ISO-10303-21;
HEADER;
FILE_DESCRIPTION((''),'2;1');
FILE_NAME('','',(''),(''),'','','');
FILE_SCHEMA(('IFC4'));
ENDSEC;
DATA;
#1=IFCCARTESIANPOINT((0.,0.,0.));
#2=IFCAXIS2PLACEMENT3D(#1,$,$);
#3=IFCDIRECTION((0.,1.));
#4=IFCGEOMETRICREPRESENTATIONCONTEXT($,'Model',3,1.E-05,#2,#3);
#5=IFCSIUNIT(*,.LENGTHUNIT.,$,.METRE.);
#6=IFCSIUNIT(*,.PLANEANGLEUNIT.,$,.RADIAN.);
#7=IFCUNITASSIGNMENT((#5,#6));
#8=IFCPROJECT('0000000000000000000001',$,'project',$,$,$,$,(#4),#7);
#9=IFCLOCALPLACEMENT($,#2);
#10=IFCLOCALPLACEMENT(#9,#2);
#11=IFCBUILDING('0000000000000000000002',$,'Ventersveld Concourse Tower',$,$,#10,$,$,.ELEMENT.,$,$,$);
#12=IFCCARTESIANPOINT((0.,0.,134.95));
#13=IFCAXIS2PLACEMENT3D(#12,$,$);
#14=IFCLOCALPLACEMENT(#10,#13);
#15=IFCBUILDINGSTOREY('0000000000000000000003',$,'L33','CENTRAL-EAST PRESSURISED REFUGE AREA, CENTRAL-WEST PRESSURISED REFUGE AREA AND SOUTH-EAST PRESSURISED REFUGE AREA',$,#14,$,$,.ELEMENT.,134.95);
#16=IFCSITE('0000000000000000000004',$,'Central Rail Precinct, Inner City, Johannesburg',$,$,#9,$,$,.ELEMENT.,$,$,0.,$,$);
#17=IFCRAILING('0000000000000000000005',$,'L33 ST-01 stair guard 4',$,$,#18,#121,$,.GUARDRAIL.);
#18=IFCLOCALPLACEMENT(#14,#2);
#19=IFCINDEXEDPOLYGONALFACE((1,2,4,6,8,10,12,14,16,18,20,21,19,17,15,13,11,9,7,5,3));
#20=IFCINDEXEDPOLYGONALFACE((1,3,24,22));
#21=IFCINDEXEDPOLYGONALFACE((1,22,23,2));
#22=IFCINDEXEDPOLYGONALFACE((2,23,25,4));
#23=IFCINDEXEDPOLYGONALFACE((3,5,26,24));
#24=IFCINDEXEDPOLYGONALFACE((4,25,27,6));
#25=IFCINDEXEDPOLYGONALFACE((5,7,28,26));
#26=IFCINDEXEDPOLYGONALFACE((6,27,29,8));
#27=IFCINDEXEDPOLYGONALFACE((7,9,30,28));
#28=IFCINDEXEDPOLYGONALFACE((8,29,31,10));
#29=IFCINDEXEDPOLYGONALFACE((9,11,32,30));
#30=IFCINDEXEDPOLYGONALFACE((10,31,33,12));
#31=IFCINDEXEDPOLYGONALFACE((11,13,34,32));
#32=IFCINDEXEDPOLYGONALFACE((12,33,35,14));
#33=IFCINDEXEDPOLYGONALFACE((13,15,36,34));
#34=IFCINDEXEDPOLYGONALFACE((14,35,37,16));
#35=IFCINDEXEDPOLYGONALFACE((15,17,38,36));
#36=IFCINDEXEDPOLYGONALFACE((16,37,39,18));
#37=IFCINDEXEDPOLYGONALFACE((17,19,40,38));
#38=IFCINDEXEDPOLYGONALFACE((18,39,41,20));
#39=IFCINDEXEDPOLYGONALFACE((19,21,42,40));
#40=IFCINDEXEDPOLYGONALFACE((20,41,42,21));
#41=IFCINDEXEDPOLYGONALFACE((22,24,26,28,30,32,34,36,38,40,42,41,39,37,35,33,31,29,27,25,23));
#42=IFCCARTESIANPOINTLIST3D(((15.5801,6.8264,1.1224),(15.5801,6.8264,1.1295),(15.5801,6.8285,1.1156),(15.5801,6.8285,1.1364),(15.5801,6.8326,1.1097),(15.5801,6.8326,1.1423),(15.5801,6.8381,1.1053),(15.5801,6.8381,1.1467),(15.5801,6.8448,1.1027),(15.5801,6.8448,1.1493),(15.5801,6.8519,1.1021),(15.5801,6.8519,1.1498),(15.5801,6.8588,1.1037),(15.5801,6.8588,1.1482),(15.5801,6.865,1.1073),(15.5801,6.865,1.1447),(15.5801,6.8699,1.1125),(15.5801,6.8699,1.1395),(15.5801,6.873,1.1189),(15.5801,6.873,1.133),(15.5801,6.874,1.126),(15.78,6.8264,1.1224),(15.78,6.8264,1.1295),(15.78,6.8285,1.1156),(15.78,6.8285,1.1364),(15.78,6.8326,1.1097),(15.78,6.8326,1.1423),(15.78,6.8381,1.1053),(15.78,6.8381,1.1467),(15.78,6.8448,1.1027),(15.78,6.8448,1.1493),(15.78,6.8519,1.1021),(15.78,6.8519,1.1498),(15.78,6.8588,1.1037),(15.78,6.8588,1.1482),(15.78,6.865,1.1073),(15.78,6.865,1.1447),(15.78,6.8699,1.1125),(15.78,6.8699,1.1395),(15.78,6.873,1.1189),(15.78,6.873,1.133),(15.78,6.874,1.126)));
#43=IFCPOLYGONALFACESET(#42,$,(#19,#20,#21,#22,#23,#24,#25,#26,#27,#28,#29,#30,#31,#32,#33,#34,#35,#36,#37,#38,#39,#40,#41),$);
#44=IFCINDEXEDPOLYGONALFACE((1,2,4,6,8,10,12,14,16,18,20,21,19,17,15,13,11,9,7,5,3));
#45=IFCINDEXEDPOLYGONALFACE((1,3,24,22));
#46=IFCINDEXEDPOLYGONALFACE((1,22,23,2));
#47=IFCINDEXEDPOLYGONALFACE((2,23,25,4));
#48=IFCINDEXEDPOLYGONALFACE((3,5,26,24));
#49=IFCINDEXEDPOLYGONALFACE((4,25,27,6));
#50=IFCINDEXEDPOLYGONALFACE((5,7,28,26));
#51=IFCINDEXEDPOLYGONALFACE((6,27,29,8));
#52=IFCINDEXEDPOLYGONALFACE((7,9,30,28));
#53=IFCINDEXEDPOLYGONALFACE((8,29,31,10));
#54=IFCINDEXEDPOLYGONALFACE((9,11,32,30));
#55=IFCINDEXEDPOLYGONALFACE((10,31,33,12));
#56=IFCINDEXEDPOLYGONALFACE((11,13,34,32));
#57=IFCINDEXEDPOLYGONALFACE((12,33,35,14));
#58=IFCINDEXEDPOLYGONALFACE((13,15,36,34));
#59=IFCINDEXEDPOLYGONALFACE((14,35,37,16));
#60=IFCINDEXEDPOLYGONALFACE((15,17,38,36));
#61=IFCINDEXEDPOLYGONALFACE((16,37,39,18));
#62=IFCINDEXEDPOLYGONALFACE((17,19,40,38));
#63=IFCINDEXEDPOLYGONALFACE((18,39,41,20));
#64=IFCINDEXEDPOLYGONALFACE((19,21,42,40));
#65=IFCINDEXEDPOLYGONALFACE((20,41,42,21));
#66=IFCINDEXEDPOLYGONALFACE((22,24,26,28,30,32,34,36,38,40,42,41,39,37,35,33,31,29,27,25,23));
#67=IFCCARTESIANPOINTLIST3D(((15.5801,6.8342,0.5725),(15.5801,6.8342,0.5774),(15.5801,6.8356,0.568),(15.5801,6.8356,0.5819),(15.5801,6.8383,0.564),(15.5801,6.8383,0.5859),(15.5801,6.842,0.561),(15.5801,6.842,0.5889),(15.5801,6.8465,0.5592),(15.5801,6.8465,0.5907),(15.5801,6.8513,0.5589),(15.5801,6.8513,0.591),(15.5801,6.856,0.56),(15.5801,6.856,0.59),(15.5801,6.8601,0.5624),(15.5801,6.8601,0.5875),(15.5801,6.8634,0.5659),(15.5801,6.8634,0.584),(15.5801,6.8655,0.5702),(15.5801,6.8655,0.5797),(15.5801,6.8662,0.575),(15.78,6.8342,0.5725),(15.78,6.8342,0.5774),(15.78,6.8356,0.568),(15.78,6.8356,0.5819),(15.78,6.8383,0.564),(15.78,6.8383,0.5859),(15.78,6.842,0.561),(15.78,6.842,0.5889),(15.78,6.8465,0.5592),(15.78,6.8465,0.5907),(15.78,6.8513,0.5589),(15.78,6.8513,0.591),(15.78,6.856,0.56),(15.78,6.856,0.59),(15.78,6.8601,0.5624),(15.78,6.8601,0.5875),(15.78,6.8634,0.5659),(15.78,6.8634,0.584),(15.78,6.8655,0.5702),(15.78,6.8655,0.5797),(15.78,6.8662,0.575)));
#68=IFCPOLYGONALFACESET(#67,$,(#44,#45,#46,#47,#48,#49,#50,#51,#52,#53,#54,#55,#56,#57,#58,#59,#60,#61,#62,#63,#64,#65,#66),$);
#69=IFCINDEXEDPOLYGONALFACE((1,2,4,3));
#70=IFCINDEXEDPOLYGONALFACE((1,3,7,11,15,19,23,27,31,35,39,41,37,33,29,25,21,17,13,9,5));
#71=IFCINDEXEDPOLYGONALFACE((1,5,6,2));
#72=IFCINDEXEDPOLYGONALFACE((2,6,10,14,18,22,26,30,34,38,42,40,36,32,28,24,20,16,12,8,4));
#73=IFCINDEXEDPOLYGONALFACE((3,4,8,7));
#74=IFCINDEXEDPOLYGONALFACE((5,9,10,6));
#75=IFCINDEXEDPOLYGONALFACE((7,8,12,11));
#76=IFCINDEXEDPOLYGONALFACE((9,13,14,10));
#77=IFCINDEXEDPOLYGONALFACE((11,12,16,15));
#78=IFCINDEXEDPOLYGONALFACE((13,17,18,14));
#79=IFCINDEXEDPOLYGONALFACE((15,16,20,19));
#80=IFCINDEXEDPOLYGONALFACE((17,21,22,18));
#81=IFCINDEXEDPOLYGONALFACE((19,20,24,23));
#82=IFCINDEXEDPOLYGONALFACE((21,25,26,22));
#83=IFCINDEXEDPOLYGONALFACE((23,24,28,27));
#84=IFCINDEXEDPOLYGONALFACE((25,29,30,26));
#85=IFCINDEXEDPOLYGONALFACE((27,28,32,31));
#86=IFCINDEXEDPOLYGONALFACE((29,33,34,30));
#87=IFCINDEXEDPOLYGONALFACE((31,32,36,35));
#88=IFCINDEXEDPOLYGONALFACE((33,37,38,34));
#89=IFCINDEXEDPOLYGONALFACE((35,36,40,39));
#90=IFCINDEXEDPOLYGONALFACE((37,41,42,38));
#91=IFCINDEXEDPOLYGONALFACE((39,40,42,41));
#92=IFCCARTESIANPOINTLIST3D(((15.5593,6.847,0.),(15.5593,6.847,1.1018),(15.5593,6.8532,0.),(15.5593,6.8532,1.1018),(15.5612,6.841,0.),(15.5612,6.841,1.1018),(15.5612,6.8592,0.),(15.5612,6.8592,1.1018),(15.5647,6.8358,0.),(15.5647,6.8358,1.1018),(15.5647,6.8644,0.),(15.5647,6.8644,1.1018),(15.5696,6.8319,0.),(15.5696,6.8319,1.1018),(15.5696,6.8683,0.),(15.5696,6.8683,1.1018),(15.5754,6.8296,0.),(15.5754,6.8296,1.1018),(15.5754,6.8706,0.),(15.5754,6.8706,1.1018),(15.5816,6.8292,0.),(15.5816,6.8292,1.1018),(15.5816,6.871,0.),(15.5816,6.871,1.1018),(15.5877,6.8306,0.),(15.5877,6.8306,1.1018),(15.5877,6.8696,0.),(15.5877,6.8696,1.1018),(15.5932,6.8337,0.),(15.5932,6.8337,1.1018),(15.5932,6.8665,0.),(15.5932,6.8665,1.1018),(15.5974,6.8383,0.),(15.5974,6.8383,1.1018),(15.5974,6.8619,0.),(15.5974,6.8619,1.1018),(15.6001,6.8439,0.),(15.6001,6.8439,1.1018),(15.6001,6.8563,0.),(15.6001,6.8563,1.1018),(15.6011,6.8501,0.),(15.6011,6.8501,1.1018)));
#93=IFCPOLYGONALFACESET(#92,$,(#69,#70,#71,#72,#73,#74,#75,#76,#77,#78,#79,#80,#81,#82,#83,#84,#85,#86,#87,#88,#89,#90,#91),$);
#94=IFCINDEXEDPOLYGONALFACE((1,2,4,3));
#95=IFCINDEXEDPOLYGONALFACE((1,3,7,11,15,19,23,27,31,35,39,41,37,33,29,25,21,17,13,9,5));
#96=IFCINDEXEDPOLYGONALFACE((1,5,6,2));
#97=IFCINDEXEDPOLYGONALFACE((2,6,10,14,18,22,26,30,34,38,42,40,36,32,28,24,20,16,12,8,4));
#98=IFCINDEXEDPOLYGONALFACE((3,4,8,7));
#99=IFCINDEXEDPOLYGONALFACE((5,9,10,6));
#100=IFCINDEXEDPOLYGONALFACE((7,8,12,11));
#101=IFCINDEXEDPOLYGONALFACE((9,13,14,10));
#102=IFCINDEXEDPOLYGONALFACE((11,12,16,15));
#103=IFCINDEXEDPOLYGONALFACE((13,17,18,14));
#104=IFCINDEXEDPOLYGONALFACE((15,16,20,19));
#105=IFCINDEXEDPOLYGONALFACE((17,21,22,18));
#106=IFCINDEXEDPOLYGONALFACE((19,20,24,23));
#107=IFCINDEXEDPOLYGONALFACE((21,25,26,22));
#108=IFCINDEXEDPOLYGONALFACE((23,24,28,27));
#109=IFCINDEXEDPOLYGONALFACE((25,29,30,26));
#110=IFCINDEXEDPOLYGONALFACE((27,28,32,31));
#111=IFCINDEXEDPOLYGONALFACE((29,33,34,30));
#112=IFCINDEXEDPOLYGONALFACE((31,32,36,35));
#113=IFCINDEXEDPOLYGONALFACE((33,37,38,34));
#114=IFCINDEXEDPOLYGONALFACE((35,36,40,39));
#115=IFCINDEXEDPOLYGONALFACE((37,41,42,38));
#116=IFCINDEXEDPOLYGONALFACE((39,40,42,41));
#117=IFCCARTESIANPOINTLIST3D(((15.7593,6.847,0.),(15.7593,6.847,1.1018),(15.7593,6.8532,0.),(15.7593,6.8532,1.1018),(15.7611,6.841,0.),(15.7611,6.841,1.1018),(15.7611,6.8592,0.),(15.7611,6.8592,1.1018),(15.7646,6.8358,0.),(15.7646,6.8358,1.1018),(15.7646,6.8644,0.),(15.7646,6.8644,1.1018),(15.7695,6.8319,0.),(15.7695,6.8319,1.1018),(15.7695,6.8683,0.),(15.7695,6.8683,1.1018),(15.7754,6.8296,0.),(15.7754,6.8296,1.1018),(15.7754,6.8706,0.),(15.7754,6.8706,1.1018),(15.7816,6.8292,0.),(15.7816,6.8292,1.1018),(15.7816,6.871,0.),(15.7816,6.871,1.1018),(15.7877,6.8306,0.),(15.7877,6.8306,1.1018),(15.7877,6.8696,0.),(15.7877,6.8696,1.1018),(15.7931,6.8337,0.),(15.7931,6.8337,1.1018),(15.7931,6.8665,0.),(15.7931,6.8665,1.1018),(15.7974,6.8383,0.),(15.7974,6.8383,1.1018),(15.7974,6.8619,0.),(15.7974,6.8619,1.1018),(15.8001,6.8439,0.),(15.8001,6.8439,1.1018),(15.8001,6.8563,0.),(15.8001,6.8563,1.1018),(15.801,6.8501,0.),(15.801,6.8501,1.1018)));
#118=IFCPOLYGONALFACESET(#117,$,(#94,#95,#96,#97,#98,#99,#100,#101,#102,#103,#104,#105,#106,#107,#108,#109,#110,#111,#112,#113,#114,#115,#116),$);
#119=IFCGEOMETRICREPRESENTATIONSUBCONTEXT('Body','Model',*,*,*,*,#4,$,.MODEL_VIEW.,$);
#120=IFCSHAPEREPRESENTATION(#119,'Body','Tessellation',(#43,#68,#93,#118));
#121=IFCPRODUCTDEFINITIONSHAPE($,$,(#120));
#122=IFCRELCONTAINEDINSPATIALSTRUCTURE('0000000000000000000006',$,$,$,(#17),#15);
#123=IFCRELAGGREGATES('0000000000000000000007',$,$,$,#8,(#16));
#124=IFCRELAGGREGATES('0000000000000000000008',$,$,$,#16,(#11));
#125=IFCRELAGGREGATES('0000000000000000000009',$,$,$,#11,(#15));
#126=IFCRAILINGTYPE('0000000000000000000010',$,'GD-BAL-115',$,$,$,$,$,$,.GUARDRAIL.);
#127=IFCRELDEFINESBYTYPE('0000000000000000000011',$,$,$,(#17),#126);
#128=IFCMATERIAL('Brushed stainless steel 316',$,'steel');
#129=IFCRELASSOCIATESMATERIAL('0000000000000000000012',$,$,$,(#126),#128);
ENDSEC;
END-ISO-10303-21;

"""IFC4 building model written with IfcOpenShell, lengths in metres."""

from ifc_helpers import new_model, si_unit, direction, frame, origin, origin_2d, place, context, subcontext, project, spatial, circle, extrude, material, type_object, element, save


model = new_model("IFC4")

# Units and contexts
model_context = context("Model", 3, precision=1e-05, world=origin(), true_north=direction((0.0, 1.0)))
body_context = subcontext(model_context, "Body", "Model", "MODEL_VIEW")
ifc_project = project(units=[si_unit("LENGTHUNIT", "METRE"), si_unit("PLANEANGLEUNIT", "RADIAN")], contexts=[model_context])

# Site, building, storey
site_placement = place(None, origin())
site = spatial("IfcSite", under=ifc_project, at=site_placement, Name="Central Rail Precinct, Inner City, Johannesburg", CompositionType="ELEMENT", RefElevation=0.0)
building_placement = place(site_placement, origin())
building = spatial("IfcBuilding", under=site, at=building_placement, Name="Ventersveld Concourse Tower", CompositionType="ELEMENT")
storey_placement = place(building_placement, frame((0.0, 0.0, 134.95)))
storey = spatial("IfcBuildingStorey", under=building, at=storey_placement, Name="L33", Description="CENTRAL-EAST PRESSURISED REFUGE AREA, CENTRAL-WEST PRESSURISED REFUGE AREA AND SOUTH-EAST PRESSURISED REFUGE AREA", CompositionType="ELEMENT", Elevation=134.95)

# Shared definitions
ifc_material_1 = material(Name="Brushed stainless steel 316", Category="steel")

# Railing
railing_type_1 = type_object("IfcRailingType", Name="GD-BAL-115", PredefinedType="GUARDRAIL", material=ifc_material_1)
railing_1_placement = place(storey_placement, frame((15.5801, 6.8501, 0.0)))
element("IfcRailing", 1, at=railing_1_placement, inside=storey, type_object=railing_type_1, Name="L33 ST-01 stair guard 4", PredefinedType="GUARDRAIL", context=body_context, shape_type="SweptSolid", body=[
    extrude(circle(Radius=0.0239, at=origin_2d()), frame((0.0, 0.0, 1.126), z_axis=(1.0, 0.0, 0.0), x_axis=(0.0, 1.0, 0.0)), (0.0, 0.0, 1.0), 0.2),
    extrude(circle(Radius=0.0161, at=origin_2d()), frame((0.0, 0.0, 0.575), z_axis=(1.0, 0.0, 0.0), x_axis=(0.0, 1.0, 0.0)), (0.0, 0.0, 1.0), 0.2),
    extrude(circle(Radius=0.021, at=origin_2d()), origin(), (0.0, 0.0, 1.0), 1.1018),
    extrude(circle(Radius=0.021, at=origin_2d()), frame((0.2, 0.0, 0.0)), (0.0, 0.0, 1.0), 1.1018),
])

save(model, "model.ifc")
